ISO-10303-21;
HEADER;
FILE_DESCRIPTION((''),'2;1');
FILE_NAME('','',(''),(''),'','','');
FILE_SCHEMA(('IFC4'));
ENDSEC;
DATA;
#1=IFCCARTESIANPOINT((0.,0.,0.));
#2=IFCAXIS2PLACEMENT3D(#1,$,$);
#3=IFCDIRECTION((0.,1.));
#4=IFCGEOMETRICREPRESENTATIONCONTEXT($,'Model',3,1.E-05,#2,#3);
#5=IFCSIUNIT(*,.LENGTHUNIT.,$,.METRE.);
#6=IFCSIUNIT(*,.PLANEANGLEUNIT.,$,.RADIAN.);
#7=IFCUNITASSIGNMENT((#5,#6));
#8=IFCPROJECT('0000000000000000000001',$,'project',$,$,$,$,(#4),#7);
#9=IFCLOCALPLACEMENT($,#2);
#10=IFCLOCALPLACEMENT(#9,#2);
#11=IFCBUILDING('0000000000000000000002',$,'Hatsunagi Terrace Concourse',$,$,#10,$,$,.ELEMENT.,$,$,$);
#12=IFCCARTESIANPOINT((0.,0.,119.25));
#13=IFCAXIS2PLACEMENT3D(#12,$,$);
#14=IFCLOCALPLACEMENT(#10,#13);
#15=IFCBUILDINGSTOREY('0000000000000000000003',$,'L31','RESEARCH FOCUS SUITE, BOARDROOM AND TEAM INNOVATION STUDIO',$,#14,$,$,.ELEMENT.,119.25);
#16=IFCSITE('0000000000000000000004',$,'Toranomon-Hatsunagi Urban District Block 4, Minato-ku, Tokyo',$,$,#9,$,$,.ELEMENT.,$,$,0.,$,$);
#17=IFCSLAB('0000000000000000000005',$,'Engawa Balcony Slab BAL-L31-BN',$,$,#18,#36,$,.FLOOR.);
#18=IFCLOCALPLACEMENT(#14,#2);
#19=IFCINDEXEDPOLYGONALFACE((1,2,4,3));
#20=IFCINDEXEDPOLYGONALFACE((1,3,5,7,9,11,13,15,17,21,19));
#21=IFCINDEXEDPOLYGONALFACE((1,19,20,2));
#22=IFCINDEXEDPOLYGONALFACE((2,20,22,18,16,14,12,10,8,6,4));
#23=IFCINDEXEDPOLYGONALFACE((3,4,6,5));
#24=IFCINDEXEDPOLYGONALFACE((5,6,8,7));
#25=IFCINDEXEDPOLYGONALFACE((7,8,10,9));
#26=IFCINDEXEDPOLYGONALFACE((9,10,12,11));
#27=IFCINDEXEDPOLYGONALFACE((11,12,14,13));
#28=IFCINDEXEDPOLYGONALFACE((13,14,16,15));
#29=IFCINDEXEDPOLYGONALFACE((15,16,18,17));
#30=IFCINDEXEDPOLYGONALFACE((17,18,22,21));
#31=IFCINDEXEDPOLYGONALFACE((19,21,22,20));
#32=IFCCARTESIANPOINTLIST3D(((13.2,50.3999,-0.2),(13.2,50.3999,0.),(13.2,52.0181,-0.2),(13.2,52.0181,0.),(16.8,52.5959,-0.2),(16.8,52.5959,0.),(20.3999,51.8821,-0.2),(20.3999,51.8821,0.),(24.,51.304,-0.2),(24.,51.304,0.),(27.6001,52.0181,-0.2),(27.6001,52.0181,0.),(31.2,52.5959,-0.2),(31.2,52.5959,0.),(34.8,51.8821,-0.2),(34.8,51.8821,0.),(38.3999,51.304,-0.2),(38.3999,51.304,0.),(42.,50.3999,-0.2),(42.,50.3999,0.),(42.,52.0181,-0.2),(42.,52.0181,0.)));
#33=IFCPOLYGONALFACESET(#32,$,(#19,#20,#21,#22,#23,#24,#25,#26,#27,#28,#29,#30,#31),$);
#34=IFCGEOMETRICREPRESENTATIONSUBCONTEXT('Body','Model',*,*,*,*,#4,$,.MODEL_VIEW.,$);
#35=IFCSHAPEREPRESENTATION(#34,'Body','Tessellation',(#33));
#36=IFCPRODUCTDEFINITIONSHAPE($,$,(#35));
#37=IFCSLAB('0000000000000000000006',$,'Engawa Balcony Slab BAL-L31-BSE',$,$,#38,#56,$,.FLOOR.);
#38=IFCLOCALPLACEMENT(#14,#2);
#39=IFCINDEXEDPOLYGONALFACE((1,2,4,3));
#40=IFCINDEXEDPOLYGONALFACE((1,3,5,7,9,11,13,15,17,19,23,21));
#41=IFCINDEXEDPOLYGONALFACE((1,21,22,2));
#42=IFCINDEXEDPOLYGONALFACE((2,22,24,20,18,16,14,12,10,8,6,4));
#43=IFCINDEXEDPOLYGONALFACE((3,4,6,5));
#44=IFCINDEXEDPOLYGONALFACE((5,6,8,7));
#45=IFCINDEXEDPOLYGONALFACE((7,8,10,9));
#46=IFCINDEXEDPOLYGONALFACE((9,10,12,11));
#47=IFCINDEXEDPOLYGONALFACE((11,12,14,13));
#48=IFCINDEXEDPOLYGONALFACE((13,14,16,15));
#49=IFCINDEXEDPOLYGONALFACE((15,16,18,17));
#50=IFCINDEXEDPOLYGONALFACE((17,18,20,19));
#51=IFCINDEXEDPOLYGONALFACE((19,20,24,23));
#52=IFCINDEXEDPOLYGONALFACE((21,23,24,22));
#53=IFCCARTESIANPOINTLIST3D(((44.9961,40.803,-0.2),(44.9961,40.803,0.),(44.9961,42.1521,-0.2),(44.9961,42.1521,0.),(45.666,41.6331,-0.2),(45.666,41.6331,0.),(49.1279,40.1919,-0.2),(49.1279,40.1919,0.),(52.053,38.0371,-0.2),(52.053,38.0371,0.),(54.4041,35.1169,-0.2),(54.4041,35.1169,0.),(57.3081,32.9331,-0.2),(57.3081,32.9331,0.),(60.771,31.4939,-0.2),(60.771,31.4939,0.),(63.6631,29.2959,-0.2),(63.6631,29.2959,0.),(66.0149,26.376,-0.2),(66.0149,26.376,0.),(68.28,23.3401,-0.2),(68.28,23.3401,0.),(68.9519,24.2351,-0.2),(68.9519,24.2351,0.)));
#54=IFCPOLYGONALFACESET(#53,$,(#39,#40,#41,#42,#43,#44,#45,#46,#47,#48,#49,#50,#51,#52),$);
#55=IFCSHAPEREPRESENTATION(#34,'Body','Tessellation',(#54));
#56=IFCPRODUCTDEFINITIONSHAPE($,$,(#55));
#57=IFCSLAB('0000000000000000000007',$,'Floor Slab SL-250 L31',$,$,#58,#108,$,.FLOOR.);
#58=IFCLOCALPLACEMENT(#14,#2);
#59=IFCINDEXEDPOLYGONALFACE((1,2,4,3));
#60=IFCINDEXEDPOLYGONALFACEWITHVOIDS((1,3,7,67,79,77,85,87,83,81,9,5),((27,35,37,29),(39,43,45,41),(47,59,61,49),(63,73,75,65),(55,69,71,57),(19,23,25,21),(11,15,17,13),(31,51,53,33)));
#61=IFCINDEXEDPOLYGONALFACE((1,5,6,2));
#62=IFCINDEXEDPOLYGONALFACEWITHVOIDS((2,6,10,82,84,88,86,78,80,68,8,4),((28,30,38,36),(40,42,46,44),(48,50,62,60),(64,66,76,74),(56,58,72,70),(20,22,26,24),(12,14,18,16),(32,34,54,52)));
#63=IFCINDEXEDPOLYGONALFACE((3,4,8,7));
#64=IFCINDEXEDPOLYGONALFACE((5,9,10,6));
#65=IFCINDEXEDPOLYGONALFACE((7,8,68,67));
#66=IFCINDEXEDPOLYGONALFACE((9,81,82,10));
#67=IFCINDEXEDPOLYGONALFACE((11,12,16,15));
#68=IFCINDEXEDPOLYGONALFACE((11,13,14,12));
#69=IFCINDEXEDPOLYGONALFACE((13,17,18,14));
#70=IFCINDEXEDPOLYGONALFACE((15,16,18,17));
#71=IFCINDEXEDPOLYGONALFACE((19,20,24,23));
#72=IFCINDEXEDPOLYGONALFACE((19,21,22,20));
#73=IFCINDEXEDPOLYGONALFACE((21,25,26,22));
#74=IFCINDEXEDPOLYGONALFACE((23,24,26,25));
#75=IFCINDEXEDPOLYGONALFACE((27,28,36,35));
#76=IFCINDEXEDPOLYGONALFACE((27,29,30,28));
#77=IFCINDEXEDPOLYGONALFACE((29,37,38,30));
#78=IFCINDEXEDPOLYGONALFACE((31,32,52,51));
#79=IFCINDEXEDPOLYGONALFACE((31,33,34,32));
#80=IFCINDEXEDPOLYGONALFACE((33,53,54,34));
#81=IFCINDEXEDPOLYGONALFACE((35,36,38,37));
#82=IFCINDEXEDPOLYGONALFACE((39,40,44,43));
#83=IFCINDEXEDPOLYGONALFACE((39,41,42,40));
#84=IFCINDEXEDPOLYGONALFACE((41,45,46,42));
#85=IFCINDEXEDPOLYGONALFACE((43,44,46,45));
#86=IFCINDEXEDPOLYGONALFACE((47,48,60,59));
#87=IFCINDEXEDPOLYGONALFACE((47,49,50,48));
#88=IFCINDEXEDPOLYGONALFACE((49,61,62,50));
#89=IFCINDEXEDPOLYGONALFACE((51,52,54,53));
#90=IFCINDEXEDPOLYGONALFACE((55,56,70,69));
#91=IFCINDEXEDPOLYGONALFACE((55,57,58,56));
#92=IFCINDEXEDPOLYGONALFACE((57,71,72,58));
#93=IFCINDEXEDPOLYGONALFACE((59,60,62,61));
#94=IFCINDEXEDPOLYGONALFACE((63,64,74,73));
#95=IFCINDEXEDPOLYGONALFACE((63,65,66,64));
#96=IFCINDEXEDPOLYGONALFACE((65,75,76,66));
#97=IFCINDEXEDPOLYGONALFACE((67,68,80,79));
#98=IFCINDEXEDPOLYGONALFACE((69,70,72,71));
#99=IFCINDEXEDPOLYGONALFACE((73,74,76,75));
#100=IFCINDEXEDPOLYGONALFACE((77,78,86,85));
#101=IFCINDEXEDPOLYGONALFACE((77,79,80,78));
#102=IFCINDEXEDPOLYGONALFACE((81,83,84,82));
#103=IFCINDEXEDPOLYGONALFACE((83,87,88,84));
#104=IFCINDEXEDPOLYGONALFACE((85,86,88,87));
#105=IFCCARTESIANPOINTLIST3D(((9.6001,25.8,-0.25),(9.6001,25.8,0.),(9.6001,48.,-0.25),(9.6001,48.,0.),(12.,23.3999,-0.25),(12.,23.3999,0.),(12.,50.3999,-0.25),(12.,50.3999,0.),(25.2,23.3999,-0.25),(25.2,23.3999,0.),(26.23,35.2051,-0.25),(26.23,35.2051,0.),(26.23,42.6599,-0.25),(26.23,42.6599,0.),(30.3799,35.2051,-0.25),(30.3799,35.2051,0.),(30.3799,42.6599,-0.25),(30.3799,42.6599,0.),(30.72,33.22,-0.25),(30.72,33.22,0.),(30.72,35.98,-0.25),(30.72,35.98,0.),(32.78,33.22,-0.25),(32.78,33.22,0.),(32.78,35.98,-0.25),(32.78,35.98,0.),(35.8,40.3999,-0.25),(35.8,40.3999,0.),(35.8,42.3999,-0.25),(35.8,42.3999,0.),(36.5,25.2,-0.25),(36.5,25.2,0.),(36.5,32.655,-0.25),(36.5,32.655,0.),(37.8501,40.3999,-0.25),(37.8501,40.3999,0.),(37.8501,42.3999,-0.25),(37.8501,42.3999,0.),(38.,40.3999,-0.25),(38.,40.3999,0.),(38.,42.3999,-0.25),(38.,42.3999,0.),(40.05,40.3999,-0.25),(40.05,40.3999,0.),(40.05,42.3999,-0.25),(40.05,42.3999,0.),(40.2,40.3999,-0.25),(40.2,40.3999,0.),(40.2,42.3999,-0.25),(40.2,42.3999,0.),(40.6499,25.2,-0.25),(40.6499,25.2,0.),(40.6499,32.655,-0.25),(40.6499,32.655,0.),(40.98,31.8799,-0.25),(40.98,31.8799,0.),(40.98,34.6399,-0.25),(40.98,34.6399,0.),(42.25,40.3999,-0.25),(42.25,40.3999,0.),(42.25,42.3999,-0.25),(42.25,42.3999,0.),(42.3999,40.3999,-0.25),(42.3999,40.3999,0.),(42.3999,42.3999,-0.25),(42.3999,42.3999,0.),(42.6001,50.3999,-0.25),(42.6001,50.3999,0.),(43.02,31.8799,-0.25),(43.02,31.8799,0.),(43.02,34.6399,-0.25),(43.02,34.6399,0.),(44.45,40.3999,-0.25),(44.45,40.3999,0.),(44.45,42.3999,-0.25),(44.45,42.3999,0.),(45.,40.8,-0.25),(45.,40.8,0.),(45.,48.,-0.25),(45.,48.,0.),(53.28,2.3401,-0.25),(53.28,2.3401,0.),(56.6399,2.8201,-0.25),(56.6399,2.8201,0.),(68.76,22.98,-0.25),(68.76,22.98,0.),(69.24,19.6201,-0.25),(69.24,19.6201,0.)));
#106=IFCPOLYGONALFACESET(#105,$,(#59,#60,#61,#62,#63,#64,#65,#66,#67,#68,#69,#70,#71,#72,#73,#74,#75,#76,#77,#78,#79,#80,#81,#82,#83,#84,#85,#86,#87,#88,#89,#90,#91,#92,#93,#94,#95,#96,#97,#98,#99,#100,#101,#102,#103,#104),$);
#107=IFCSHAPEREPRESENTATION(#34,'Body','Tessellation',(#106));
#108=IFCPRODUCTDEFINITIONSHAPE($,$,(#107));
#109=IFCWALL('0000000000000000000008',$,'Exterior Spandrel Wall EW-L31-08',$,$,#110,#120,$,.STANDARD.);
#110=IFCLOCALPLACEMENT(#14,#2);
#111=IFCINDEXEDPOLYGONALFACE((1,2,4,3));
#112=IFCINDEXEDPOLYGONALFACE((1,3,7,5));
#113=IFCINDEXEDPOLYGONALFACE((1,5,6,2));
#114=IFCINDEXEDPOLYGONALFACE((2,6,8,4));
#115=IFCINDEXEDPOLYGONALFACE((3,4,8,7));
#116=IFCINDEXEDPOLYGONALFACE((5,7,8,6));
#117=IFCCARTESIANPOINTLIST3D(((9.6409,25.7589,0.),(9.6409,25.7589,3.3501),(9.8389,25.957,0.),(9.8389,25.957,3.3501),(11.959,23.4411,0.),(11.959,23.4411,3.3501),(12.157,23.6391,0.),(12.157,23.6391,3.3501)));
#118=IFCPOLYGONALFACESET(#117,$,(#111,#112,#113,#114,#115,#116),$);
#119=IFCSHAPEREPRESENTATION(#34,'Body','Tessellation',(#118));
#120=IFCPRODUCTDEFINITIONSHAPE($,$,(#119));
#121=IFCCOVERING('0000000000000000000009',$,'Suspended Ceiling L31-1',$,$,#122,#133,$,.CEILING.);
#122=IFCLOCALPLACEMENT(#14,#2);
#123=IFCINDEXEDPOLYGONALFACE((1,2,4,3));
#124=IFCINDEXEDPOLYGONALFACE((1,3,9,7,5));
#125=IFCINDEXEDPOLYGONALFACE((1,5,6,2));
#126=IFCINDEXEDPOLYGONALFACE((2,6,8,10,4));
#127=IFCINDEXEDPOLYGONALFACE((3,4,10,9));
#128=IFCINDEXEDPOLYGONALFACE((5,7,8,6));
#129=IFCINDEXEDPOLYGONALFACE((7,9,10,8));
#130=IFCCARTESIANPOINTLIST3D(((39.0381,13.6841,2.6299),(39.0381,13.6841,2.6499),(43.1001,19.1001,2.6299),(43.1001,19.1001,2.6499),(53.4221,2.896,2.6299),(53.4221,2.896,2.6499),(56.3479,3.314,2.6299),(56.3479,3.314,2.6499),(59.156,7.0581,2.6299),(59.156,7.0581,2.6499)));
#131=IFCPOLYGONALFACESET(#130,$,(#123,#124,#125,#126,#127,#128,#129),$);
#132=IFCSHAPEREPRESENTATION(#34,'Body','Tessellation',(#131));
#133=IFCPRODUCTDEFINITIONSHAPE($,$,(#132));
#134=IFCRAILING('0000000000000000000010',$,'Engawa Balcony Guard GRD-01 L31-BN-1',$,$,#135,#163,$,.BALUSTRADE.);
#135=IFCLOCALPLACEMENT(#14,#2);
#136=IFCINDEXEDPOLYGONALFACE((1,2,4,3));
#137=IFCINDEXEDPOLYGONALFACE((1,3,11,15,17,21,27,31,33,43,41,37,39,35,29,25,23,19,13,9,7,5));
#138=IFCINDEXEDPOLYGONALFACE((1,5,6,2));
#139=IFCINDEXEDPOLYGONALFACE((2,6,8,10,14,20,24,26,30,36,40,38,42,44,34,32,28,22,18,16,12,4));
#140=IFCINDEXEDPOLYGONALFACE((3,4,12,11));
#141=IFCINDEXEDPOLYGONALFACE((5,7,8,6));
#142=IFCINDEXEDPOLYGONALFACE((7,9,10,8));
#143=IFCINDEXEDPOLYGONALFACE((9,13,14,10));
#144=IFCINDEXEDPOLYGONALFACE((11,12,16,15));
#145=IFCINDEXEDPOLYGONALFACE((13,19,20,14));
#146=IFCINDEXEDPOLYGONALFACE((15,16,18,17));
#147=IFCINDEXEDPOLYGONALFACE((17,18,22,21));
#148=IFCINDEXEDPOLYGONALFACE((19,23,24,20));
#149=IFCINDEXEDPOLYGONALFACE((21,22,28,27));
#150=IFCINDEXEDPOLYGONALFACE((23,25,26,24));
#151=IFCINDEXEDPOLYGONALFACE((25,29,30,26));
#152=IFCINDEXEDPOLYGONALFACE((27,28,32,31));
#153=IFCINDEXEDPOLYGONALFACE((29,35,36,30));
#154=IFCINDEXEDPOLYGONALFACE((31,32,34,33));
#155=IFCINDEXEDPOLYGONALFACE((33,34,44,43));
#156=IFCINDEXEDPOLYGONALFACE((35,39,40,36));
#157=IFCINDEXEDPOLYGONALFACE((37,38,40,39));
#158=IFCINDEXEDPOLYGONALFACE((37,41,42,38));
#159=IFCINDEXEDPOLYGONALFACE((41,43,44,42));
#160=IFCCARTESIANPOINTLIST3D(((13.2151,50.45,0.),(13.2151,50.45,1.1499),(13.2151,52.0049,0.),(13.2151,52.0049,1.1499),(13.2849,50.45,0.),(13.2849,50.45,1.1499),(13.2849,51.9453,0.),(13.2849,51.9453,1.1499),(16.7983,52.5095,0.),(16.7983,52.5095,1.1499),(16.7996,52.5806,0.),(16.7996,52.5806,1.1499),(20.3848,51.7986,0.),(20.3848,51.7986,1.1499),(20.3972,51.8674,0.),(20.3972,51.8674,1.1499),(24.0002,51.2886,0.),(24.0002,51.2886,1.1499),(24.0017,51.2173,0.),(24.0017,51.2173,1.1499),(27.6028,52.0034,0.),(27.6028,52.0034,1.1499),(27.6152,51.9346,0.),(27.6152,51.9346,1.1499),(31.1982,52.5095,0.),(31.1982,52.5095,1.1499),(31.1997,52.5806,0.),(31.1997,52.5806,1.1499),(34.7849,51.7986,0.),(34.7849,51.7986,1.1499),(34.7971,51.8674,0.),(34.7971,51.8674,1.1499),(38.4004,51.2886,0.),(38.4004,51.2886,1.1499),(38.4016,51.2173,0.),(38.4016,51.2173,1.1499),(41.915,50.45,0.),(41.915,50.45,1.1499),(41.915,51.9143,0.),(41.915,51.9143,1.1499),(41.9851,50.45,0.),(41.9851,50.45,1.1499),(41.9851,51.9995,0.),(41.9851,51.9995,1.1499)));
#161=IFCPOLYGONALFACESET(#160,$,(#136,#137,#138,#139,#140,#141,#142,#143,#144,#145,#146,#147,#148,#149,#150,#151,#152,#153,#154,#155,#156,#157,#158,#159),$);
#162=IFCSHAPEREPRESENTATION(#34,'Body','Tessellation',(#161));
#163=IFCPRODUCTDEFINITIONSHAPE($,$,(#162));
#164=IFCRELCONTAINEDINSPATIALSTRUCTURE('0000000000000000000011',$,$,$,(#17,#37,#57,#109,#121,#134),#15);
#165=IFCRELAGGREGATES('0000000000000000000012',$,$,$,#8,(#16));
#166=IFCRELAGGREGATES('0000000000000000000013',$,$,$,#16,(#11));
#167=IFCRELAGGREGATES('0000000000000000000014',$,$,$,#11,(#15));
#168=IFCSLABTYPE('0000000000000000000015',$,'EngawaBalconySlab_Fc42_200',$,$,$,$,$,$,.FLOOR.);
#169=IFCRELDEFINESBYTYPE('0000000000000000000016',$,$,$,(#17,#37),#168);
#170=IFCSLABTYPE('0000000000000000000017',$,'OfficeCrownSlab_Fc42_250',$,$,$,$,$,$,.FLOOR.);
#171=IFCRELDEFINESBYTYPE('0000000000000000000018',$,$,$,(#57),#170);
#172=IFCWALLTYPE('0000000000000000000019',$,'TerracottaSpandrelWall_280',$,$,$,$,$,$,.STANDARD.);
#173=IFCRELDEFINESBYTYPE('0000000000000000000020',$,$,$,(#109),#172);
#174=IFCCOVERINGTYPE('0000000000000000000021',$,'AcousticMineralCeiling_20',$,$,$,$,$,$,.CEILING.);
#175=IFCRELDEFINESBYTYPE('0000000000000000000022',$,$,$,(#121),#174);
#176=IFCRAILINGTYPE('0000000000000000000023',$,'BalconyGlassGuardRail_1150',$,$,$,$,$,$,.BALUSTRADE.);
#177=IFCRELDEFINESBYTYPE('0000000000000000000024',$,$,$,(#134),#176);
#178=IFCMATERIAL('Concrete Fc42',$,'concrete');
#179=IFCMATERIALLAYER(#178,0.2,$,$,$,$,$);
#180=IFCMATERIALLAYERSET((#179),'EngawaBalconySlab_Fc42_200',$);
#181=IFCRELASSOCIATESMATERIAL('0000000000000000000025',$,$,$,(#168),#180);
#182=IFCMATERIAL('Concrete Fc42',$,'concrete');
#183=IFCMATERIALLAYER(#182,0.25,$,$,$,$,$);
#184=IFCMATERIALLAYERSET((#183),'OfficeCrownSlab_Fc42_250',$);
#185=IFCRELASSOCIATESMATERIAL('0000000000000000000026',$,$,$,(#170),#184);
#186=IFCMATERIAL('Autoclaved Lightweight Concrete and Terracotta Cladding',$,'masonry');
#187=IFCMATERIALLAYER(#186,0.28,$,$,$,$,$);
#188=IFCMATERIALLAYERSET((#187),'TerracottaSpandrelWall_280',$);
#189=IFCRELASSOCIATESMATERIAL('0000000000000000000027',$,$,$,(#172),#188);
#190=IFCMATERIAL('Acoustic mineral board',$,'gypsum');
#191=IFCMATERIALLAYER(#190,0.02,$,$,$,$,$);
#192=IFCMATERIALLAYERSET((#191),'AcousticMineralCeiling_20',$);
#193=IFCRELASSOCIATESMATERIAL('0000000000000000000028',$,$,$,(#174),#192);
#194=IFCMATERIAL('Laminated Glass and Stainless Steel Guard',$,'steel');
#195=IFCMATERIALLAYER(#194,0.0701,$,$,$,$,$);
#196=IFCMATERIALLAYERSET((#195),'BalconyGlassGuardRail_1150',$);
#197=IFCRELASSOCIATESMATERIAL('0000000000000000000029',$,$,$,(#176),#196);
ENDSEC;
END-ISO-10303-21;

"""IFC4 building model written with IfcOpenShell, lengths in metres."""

from ifc_helpers import new_model, si_unit, direction, frame, frame_2d, origin, place, context, subcontext, project, spatial, polyline, rectangle, outline, extrude, material, layer, layer_set, type_object, element, save


model = new_model("IFC4")

# Units and contexts
model_context = context("Model", 3, precision=1e-05, world=origin(), true_north=direction((0.0, 1.0)))
body_context = subcontext(model_context, "Body", "Model", "MODEL_VIEW")
ifc_project = project(units=[si_unit("LENGTHUNIT", "METRE"), si_unit("PLANEANGLEUNIT", "RADIAN")], contexts=[model_context])

# Site, building, storey
site_placement = place(None, origin())
site = spatial("IfcSite", under=ifc_project, at=site_placement, Name="Toranomon-Hatsunagi Urban District Block 4, Minato-ku, Tokyo", CompositionType="ELEMENT", RefElevation=0.0)
building_placement = place(site_placement, origin())
building = spatial("IfcBuilding", under=site, at=building_placement, Name="Hatsunagi Terrace Concourse", CompositionType="ELEMENT")
storey_placement = place(building_placement, frame((0.0, 0.0, 119.25)))
storey = spatial("IfcBuildingStorey", under=building, at=storey_placement, Name="L31", Description="RESEARCH FOCUS SUITE, BOARDROOM AND TEAM INNOVATION STUDIO", CompositionType="ELEMENT", Elevation=119.25)

# Slabs
ifc_material_1 = material(Name="Concrete Fc42", Category="concrete")
ifc_layer_1 = layer(ifc_material_1, 0.2)
ifc_layer_set_1 = layer_set([ifc_layer_1], Name="EngawaBalconySlab_Fc42_200")
slab_type_1 = type_object("IfcSlabType", Name="EngawaBalconySlab_Fc42_200", PredefinedType="FLOOR", material=ifc_layer_set_1)
slab_1_placement = place(storey_placement, frame((0.0, 0.0, -0.2)))
element("IfcSlab", 1, at=slab_1_placement, inside=storey, type_object=slab_type_1, Name="Engawa Balcony Slab BAL-L31-BN", PredefinedType="FLOOR", context=body_context, shape_type="SweptSolid", body=[
    extrude(outline(polyline([(13.2, 52.0181), (13.2, 50.3999), (42.0, 50.3999), (42.0, 52.0181), (38.3999, 51.304), (34.8, 51.8821), (31.2, 52.5959), (27.6001, 52.0181), (24.0, 51.304), (20.3999, 51.8821), (16.8, 52.5959), (13.2, 52.0181)])), origin(), (0.0, 0.0, 1.0), 0.2),
])
slab_2_placement = place(storey_placement, frame((0.0, 0.0, -0.2)))
element("IfcSlab", 2, at=slab_2_placement, inside=storey, type_object=slab_type_1, Name="Engawa Balcony Slab BAL-L31-BSE", PredefinedType="FLOOR", context=body_context, shape_type="SweptSolid", body=[
    extrude(outline(polyline([(45.666, 41.6331), (44.9961, 42.1521), (44.9961, 40.803), (68.28, 23.3401), (68.9519, 24.2351), (66.0149, 26.376), (63.6631, 29.2959), (60.771, 31.4939), (57.3081, 32.9331), (54.4041, 35.1169), (52.053, 38.0371), (49.1279, 40.1919), (45.666, 41.6331)])), origin(), (0.0, 0.0, 1.0), 0.2),
])
ifc_material_2 = material(Name="Concrete Fc42", Category="concrete")
ifc_layer_2 = layer(ifc_material_2, 0.25)
ifc_layer_set_2 = layer_set([ifc_layer_2], Name="OfficeCrownSlab_Fc42_250")
slab_type_2 = type_object("IfcSlabType", Name="OfficeCrownSlab_Fc42_250", PredefinedType="FLOOR", material=ifc_layer_set_2)
slab_3_placement = place(storey_placement, frame((0.0, 0.0, -0.25)))
element("IfcSlab", 3, at=slab_3_placement, inside=storey, type_object=slab_type_2, Name="Floor Slab SL-250 L31", PredefinedType="FLOOR", context=body_context, shape_type="SweptSolid", body=[
    extrude(outline(polyline([(45.0, 40.8), (45.0, 48.0), (42.6001, 50.3999), (12.0, 50.3999), (9.6001, 48.0), (9.6001, 25.8), (12.0, 23.3999), (25.2, 23.3999), (53.28, 2.3401), (56.6399, 2.8201), (69.24, 19.6201), (68.76, 22.98), (45.0, 40.8)]), holes=[polyline([(26.23, 35.2051), (30.3799, 35.2051), (30.3799, 42.6599), (26.23, 42.6599), (26.23, 35.2051)]), polyline([(36.5, 25.2), (40.6499, 25.2), (40.6499, 32.655), (36.5, 32.655), (36.5, 25.2)]), polyline([(30.72, 33.22), (32.78, 33.22), (32.78, 35.98), (30.72, 35.98), (30.72, 33.22)]), polyline([(40.98, 31.8799), (43.02, 31.8799), (43.02, 34.6399), (40.98, 34.6399), (40.98, 31.8799)]), polyline([(35.8, 40.3999), (37.8501, 40.3999), (37.8501, 42.3999), (35.8, 42.3999), (35.8, 40.3999)]), polyline([(38.0, 40.3999), (40.05, 40.3999), (40.05, 42.3999), (38.0, 42.3999), (38.0, 40.3999)]), polyline([(40.2, 40.3999), (42.25, 40.3999), (42.25, 42.3999), (40.2, 42.3999), (40.2, 40.3999)]), polyline([(42.3999, 40.3999), (44.45, 40.3999), (44.45, 42.3999), (42.3999, 42.3999), (42.3999, 40.3999)])]), origin(), (0.0, 0.0, 1.0), 0.25),
])

# Wall
ifc_material_3 = material(Name="Autoclaved Lightweight Concrete and Terracotta Cladding", Category="masonry")
ifc_layer_3 = layer(ifc_material_3, 0.28)
ifc_layer_set_3 = layer_set([ifc_layer_3], Name="TerracottaSpandrelWall_280")
wall_type = type_object("IfcWallType", Name="TerracottaSpandrelWall_280", PredefinedType="STANDARD", material=ifc_layer_set_3)
wall_placement = place(storey_placement, frame((12.0581, 23.54, 0.0), z_axis=(0.0, 0.0, 1.0), x_axis=(-0.707144, 0.70707, 0.0)))
element("IfcWall", 4, at=wall_placement, inside=storey, type_object=wall_type, Name="Exterior Spandrel Wall EW-L31-08", PredefinedType="STANDARD", context=body_context, shape_type="SweptSolid", body=[
    extrude(rectangle(XDim=3.2781, YDim=0.28, at=frame_2d((1.6392, 0.0))), origin(), (0.0, 0.0, 1.0), 3.3501),
])

# Covering
ifc_material_4 = material(Name="Acoustic mineral board", Category="gypsum")
ifc_layer_4 = layer(ifc_material_4, 0.02)
ifc_layer_set_4 = layer_set([ifc_layer_4], Name="AcousticMineralCeiling_20")
covering_type_1 = type_object("IfcCoveringType", Name="AcousticMineralCeiling_20", PredefinedType="CEILING", material=ifc_layer_set_4)
covering_1_placement = place(storey_placement, frame((0.0, 0.0, 2.6299)))
element("IfcCovering", 5, at=covering_1_placement, inside=storey, type_object=covering_type_1, Name="Suspended Ceiling L31-1", PredefinedType="CEILING", context=body_context, shape_type="SweptSolid", body=[
    extrude(outline(polyline([(56.3479, 3.314), (59.156, 7.0581), (43.1001, 19.1001), (39.0381, 13.6841), (53.4221, 2.896), (56.3479, 3.314)])), origin(), (0.0, 0.0, 1.0), 0.02),
])

# Railing
ifc_material_5 = material(Name="Laminated Glass and Stainless Steel Guard", Category="steel")
ifc_layer_5 = layer(ifc_material_5, 0.0701)
ifc_layer_set_5 = layer_set([ifc_layer_5], Name="BalconyGlassGuardRail_1150")
railing_type = type_object("IfcRailingType", Name="BalconyGlassGuardRail_1150", PredefinedType="BALUSTRADE", material=ifc_layer_set_5)
railing_1_placement = place(storey_placement, origin())
element("IfcRailing", 6, at=railing_1_placement, inside=storey, type_object=railing_type, Name="Engawa Balcony Guard GRD-01 L31-BN-1", PredefinedType="BALUSTRADE", context=body_context, shape_type="SweptSolid", body=[
    extrude(outline(polyline([(13.2151, 50.45), (13.2849, 50.45), (13.2849, 51.9453), (16.7983, 52.5095), (20.3848, 51.7986), (24.0017, 51.2173), (27.6152, 51.9346), (31.1982, 52.5095), (34.7849, 51.7986), (38.4016, 51.2173), (41.915, 51.9143), (41.915, 50.45), (41.9851, 50.45), (41.9851, 51.9995), (38.4004, 51.2886), (34.7971, 51.8674), (31.1997, 52.5806), (27.6028, 52.0034), (24.0002, 51.2886), (20.3972, 51.8674), (16.7996, 52.5806), (13.2151, 52.0049), (13.2151, 50.45)])), origin(), (0.0, 0.0, 1.0), 1.1499),
])

save(model, "model.ifc")
